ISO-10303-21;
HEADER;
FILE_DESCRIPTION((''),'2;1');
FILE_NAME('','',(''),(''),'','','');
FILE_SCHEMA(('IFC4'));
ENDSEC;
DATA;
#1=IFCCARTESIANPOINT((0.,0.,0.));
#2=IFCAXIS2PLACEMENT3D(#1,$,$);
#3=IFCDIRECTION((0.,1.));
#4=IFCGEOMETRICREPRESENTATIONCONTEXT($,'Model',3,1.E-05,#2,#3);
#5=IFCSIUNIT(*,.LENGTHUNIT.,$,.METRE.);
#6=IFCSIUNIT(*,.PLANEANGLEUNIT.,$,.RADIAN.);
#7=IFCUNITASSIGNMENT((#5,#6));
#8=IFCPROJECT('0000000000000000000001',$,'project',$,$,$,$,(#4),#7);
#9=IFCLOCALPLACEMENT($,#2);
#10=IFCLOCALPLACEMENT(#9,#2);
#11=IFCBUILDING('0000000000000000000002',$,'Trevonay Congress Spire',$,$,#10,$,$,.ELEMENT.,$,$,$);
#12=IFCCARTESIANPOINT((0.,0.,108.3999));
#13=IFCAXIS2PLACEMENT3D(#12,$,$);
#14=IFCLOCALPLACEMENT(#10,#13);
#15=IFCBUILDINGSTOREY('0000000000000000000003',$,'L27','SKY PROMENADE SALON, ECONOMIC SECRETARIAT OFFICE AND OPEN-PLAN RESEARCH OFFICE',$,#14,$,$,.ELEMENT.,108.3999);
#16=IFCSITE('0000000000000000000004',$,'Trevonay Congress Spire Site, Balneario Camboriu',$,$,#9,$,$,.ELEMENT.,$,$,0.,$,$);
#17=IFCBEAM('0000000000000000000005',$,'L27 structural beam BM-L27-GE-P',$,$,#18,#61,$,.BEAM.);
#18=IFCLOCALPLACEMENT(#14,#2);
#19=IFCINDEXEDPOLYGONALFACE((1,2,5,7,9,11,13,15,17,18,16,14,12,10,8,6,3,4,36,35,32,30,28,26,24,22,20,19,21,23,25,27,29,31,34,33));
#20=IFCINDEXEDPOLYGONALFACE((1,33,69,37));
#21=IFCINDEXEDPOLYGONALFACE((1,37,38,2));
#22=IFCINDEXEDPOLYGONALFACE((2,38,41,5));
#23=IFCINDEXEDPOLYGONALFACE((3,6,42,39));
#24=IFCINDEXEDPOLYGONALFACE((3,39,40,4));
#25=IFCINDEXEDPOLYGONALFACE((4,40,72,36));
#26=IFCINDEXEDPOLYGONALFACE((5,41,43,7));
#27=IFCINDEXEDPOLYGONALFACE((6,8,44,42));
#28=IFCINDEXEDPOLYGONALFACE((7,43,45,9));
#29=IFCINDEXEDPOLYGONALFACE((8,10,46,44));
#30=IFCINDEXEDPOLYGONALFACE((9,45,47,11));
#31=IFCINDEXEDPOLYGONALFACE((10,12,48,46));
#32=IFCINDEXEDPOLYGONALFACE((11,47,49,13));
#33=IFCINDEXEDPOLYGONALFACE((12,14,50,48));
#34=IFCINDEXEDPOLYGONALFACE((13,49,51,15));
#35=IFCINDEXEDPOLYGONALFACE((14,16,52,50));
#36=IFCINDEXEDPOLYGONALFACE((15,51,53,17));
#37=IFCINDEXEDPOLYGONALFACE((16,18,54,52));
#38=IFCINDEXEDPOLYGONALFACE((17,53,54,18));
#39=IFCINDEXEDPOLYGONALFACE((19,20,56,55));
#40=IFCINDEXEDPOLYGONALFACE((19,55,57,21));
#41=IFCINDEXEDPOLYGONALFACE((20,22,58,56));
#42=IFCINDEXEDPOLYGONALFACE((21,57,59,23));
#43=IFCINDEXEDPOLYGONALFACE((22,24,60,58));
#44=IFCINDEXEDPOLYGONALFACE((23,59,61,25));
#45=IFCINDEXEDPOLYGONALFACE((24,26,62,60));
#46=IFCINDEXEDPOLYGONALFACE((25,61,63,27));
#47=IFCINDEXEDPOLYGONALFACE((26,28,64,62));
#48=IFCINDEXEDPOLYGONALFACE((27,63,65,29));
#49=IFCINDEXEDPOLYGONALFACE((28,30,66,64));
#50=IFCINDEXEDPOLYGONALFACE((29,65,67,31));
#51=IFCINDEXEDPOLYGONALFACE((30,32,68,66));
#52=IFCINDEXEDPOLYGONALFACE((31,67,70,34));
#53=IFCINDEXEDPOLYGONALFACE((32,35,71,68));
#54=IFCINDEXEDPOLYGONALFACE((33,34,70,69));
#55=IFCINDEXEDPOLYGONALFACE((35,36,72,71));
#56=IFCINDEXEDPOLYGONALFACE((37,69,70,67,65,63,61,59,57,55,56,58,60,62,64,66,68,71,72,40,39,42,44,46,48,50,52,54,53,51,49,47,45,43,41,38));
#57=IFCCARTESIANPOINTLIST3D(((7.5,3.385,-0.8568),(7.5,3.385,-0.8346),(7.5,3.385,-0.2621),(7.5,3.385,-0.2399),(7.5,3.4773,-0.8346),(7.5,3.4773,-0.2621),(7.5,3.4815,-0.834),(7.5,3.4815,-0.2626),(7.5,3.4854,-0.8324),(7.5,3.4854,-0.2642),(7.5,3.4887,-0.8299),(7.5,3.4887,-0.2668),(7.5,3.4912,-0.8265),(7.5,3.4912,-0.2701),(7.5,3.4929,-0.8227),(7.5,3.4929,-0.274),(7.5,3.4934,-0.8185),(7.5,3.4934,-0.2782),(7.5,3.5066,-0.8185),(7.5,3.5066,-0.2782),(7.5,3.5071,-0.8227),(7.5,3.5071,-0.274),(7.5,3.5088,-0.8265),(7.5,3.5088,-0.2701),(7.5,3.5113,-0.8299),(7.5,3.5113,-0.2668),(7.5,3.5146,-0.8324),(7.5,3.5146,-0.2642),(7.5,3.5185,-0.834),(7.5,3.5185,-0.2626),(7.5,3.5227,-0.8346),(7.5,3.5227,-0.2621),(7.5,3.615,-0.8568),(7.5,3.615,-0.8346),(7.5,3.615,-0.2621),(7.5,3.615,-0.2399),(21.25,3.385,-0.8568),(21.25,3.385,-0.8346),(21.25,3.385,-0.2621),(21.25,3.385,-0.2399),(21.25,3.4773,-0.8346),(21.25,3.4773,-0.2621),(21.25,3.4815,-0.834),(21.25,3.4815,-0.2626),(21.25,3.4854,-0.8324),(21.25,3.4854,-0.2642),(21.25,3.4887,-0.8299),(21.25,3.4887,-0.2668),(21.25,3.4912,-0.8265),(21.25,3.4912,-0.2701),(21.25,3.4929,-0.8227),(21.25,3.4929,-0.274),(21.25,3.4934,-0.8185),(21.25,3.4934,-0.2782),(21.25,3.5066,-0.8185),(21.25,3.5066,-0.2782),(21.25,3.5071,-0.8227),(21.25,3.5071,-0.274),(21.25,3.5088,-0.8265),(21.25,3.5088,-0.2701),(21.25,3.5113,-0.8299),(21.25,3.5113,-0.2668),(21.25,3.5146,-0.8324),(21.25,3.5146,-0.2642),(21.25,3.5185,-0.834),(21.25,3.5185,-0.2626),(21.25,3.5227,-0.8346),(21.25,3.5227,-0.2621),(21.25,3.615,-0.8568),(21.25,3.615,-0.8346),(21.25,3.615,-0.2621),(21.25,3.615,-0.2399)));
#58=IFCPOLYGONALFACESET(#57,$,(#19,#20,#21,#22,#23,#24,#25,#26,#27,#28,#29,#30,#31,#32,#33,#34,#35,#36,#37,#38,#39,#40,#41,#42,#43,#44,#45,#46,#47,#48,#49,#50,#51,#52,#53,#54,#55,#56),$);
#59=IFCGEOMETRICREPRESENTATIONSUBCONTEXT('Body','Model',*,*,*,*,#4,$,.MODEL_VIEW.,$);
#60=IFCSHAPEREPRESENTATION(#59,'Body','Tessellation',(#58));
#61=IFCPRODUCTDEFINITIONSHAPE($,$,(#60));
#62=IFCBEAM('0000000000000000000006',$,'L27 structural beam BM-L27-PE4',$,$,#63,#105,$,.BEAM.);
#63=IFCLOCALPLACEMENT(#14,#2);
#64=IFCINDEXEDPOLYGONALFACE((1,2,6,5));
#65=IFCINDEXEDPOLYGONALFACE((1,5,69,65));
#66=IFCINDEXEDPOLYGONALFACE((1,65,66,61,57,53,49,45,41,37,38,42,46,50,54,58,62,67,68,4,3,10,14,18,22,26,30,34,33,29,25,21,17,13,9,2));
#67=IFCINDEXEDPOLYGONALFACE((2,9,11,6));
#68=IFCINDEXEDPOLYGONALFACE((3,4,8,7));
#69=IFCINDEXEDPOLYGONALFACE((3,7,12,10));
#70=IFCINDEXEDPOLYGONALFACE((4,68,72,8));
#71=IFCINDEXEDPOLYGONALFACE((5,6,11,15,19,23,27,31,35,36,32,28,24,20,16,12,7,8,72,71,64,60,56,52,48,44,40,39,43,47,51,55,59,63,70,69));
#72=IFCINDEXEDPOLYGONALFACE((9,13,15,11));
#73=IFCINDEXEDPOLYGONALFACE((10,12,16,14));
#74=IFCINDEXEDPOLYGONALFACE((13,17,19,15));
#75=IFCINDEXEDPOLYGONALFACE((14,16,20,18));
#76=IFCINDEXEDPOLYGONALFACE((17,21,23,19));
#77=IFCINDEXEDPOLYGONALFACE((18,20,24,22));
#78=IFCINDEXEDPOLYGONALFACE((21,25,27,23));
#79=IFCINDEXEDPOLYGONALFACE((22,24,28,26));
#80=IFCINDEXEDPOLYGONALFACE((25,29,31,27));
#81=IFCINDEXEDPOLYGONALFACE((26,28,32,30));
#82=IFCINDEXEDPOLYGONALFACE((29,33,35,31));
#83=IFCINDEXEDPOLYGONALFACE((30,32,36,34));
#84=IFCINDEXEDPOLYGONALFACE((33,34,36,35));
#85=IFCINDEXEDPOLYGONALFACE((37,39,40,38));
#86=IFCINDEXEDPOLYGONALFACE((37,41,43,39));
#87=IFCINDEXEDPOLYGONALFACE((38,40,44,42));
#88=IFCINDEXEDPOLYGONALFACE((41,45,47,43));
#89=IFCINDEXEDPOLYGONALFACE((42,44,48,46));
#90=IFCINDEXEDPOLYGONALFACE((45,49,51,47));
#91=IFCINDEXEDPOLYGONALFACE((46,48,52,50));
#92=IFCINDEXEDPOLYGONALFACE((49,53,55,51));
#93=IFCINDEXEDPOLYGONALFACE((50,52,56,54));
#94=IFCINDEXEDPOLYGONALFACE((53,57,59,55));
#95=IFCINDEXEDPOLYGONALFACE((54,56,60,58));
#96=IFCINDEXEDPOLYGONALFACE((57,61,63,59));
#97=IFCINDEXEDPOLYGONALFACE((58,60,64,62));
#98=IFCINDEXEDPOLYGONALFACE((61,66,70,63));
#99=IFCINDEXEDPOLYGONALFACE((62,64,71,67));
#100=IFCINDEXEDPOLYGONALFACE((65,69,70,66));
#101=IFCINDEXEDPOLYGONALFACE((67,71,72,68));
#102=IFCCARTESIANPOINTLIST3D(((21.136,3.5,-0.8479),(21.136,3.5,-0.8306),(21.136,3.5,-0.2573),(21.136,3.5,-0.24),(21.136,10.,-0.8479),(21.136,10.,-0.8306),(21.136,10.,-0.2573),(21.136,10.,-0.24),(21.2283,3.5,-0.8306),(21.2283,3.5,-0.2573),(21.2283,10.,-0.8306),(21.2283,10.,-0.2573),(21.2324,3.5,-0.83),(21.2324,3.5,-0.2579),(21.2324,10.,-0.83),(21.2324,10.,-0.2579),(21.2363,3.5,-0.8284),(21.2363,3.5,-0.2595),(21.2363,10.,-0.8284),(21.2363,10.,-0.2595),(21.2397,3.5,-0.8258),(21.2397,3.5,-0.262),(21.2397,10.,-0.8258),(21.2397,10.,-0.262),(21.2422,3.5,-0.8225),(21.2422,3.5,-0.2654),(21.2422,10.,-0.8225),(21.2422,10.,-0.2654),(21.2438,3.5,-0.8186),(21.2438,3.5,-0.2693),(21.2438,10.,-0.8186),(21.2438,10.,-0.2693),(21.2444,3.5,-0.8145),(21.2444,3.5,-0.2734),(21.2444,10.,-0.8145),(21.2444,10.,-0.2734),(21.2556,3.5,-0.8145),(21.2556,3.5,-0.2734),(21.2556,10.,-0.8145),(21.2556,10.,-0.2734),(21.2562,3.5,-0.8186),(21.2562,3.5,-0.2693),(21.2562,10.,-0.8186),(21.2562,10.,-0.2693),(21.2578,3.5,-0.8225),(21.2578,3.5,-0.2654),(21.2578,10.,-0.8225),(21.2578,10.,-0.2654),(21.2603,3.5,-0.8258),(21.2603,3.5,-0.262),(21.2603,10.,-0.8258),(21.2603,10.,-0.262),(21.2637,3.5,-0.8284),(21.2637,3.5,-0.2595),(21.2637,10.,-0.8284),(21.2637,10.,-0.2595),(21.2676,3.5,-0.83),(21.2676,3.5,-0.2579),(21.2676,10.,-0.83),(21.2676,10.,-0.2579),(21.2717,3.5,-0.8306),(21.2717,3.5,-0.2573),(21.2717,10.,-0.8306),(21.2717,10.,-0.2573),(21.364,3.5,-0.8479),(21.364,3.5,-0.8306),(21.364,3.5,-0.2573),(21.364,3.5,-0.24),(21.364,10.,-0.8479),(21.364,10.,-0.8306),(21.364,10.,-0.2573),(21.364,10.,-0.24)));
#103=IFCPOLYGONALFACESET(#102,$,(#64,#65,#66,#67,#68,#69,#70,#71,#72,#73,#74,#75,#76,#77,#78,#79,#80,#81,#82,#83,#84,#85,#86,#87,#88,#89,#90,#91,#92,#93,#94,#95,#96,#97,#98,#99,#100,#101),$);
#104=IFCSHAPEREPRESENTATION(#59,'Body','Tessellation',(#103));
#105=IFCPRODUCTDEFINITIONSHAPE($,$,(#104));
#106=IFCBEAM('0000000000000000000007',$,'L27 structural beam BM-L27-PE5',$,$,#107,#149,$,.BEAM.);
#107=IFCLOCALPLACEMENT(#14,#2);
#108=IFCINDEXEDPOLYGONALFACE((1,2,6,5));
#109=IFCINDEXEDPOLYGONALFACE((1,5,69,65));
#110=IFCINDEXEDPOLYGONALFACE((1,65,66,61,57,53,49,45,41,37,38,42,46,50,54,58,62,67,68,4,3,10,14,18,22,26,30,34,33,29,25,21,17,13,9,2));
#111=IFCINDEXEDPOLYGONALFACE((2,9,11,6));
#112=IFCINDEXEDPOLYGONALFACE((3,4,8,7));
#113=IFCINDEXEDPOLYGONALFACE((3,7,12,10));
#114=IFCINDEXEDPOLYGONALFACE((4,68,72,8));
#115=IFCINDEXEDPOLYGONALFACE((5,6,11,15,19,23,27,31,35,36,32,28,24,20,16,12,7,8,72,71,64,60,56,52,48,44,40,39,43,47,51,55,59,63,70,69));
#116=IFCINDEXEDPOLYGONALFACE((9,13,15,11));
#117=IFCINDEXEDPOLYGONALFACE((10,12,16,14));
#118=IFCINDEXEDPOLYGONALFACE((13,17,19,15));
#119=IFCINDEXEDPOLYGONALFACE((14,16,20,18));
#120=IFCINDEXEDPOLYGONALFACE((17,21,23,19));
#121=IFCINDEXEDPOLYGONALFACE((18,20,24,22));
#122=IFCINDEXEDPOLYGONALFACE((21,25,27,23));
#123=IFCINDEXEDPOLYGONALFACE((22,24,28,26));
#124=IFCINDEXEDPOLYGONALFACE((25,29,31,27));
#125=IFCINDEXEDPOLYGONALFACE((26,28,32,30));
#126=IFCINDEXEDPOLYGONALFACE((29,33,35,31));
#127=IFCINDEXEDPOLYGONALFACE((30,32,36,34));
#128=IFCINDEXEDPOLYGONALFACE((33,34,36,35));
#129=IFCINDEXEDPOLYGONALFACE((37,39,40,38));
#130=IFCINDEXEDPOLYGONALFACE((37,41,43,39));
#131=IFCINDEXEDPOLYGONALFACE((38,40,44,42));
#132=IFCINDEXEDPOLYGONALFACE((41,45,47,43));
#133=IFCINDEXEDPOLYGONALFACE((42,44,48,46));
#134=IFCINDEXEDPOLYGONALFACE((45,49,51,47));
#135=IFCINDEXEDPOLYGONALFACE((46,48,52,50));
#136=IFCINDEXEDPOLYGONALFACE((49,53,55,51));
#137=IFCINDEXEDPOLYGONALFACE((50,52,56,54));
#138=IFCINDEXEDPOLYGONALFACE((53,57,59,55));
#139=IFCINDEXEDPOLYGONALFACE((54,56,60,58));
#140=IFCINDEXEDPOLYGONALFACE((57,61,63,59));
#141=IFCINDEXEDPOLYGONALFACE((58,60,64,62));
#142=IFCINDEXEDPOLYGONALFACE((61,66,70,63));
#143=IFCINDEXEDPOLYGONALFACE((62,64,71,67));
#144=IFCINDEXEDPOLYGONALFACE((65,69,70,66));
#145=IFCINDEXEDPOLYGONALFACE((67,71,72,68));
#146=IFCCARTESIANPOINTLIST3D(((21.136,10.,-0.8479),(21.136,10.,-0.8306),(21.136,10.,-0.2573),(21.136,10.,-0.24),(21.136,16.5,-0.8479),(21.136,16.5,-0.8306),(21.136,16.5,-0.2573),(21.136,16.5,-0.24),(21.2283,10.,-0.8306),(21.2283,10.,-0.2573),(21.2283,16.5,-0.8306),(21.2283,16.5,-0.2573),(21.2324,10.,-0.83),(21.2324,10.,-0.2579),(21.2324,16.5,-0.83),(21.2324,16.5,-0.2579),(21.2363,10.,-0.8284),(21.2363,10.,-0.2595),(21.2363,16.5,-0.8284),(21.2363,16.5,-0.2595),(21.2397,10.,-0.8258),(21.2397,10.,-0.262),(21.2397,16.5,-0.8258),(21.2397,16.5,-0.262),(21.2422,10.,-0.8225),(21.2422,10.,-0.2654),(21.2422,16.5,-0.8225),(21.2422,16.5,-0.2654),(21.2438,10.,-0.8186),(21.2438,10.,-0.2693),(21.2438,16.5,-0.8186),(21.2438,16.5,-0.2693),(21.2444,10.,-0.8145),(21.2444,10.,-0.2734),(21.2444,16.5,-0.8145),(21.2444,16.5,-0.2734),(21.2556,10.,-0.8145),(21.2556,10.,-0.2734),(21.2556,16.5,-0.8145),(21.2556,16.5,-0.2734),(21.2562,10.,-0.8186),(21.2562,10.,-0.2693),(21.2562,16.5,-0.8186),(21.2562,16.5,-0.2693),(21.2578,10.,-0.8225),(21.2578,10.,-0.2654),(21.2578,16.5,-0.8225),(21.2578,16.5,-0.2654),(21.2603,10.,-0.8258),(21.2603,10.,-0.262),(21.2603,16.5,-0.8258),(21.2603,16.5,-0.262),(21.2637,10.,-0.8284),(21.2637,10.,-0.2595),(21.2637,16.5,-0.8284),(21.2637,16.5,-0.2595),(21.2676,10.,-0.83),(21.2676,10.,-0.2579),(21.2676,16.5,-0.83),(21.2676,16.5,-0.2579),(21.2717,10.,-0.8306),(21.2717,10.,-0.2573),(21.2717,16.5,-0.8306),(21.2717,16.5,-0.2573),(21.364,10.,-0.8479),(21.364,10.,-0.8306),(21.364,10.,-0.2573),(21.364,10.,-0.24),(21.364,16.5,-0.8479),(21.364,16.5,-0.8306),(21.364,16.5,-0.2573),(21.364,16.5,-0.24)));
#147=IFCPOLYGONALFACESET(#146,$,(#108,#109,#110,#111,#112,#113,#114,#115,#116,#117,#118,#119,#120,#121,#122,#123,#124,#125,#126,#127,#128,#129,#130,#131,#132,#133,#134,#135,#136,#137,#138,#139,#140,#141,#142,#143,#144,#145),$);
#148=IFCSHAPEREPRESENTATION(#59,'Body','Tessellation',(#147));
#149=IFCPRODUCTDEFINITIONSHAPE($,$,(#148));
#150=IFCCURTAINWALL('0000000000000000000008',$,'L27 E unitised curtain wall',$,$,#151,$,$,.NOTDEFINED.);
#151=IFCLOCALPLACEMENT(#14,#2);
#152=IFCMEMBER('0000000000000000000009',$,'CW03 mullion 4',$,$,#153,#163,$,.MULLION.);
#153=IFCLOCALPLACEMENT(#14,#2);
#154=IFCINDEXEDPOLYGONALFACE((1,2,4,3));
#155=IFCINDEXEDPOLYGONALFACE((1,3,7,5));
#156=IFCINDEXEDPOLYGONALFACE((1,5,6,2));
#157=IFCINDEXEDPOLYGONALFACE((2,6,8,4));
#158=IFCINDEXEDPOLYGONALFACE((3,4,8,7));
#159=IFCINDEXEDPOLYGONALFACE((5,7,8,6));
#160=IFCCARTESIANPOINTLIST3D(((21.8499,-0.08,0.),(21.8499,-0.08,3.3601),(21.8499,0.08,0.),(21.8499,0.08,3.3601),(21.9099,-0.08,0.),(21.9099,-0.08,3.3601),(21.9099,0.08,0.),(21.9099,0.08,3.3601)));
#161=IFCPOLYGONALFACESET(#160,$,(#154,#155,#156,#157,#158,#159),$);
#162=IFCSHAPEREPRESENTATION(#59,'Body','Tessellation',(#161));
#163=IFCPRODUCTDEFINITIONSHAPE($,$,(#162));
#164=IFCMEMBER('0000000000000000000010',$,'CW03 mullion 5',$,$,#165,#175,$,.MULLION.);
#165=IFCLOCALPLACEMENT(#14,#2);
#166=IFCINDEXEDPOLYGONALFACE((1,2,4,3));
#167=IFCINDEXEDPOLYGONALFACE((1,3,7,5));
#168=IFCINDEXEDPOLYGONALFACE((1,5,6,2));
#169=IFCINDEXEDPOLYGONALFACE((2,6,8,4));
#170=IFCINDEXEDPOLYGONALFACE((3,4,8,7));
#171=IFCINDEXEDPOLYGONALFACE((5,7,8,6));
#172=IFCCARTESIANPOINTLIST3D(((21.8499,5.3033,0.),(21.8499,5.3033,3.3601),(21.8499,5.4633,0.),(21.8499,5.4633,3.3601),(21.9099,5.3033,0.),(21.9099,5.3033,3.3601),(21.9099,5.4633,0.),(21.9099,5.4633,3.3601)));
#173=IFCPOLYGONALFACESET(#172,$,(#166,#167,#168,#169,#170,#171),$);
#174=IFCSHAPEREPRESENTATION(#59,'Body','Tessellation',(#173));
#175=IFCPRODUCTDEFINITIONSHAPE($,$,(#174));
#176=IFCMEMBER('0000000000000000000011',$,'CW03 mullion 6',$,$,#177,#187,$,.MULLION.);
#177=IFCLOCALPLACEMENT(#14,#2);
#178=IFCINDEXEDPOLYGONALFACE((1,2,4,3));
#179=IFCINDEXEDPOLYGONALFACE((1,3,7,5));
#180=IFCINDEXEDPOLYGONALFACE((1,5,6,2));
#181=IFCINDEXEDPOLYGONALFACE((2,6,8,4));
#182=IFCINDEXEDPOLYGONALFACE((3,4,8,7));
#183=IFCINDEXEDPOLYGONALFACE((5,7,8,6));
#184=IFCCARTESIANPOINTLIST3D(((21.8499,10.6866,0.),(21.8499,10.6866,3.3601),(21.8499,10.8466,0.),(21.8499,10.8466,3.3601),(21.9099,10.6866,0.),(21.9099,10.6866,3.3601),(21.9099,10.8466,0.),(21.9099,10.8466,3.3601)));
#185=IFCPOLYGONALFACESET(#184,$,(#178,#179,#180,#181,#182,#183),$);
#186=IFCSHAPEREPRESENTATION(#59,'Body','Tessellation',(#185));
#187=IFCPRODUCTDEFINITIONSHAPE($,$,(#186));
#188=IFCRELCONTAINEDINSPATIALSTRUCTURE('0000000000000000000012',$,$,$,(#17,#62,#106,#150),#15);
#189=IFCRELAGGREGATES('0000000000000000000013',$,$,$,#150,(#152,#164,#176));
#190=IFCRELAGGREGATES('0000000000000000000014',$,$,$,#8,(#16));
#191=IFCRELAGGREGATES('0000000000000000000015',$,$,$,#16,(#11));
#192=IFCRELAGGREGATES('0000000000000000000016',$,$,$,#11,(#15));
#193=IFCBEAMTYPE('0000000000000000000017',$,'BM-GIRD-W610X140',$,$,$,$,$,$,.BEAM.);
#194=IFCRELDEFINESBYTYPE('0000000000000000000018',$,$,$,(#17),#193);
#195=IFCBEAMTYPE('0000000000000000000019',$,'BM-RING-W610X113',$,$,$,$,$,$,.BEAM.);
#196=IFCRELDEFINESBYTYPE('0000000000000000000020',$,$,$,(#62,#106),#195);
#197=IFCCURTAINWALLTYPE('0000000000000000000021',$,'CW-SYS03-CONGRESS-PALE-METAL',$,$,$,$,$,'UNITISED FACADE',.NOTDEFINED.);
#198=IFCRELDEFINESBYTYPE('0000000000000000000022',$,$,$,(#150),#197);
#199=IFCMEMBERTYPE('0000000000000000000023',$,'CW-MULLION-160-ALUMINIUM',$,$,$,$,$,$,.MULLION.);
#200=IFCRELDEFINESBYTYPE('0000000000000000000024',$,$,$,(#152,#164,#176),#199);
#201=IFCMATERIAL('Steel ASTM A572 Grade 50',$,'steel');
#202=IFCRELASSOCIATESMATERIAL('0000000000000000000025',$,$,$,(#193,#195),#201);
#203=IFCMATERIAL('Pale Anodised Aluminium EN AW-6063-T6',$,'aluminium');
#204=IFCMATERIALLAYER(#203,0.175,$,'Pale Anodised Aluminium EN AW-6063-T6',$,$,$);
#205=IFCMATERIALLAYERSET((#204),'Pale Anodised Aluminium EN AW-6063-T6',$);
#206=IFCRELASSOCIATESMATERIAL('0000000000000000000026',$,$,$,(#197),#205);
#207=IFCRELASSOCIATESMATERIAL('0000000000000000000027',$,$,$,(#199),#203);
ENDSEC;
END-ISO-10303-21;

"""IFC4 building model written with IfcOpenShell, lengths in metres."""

from ifc_helpers import new_model, si_unit, direction, frame, origin, origin_2d, place, context, subcontext, project, spatial, rectangle, i_section, extrude, material, layer, layer_set, material_profile, profile_set, type_object, element, aggregate, save


model = new_model("IFC4")

# Units and contexts
model_context = context("Model", 3, precision=1e-05, world=origin(), true_north=direction((0.0, 1.0)))
body_context = subcontext(model_context, "Body", "Model", "MODEL_VIEW")
ifc_project = project(units=[si_unit("LENGTHUNIT", "METRE"), si_unit("PLANEANGLEUNIT", "RADIAN")], contexts=[model_context])

# Site, building, storey
site_placement = place(None, origin())
site = spatial("IfcSite", under=ifc_project, at=site_placement, Name="Trevonay Congress Spire Site, Balneario Camboriu", CompositionType="ELEMENT", RefElevation=0.0)
building_placement = place(site_placement, origin())
building = spatial("IfcBuilding", under=site, at=building_placement, Name="Trevonay Congress Spire", CompositionType="ELEMENT")
storey_placement = place(building_placement, frame((0.0, 0.0, 108.3999)))
storey = spatial("IfcBuildingStorey", under=building, at=storey_placement, Name="L27", Description="SKY PROMENADE SALON, ECONOMIC SECRETARIAT OFFICE AND OPEN-PLAN RESEARCH OFFICE", CompositionType="ELEMENT", Elevation=108.3999)

# Shared definitions
ifc_material_1 = material(Name="Steel ASTM A572 Grade 50", Category="steel")

# Beams
ifc_material_profile_1 = material_profile(ifc_material_1, i_section(OverallWidth=0.23, OverallDepth=0.6169, WebThickness=0.0132, FlangeThickness=0.0222, FilletRadius=0.0161, at=origin_2d()), Name="W610x140")
ifc_profile_set_1 = profile_set([ifc_material_profile_1], Name="Steel ASTM A572 Grade 50")
beam_type_1 = type_object("IfcBeamType", Name="BM-GIRD-W610X140", PredefinedType="BEAM", material=ifc_profile_set_1)
beam_1_placement = place(storey_placement, frame((7.5, 3.5, -0.5483), z_axis=(1.0, 0.0, 0.0), x_axis=(0.0, 1.0, 0.0)))
element("IfcBeam", 1, at=beam_1_placement, inside=storey, type_object=beam_type_1, Name="L27 structural beam BM-L27-GE-P", PredefinedType="BEAM", context=body_context, shape_type="SweptSolid", body=[
    extrude(i_section(OverallWidth=0.23, OverallDepth=0.6169, WebThickness=0.0132, FlangeThickness=0.0222, FilletRadius=0.0161, at=origin_2d()), origin(), (0.0, 0.0, 1.0), 13.75),
])
ifc_material_profile_2 = material_profile(ifc_material_1, i_section(OverallWidth=0.228, OverallDepth=0.6079, WebThickness=0.0112, FlangeThickness=0.0173, FilletRadius=0.0161, at=origin_2d()), Name="W610x113")
ifc_profile_set_2 = profile_set([ifc_material_profile_2], Name="Steel ASTM A572 Grade 50")
beam_type_2 = type_object("IfcBeamType", Name="BM-RING-W610X113", PredefinedType="BEAM", material=ifc_profile_set_2)
for number, where, z_axis, x_axis, name in (
    (2, (21.25, 3.5, -0.5439), (0.0, 1.0, 0.0), (-1.0, 0.0, 0.0), "L27 structural beam BM-L27-PE4"),
    (3, (21.25, 10.0, -0.5439), (0.0, 1.0, 0.0), (-1.0, 0.0, 0.0), "L27 structural beam BM-L27-PE5"),
):
    element("IfcBeam", number, at=place(storey_placement, frame(where, z_axis=z_axis, x_axis=x_axis)), inside=storey, type_object=beam_type_2, Name=name, PredefinedType="BEAM", context=body_context, shape_type="SweptSolid", body=[
        extrude(i_section(OverallWidth=0.228, OverallDepth=0.6079, WebThickness=0.0112, FlangeThickness=0.0173, FilletRadius=0.0161, at=origin_2d()), origin(), (0.0, 0.0, 1.0), 6.5),
    ])

# Curtain wall, members
ifc_material_2 = material(Name="Pale Anodised Aluminium EN AW-6063-T6", Category="aluminium")
ifc_layer_1 = layer(ifc_material_2, 0.175, Name="Pale Anodised Aluminium EN AW-6063-T6")
ifc_layer_set_1 = layer_set([ifc_layer_1], Name="Pale Anodised Aluminium EN AW-6063-T6")
curtain_wall_type = type_object("IfcCurtainWallType", Name="CW-SYS03-CONGRESS-PALE-METAL", ElementType="UNITISED FACADE", PredefinedType="NOTDEFINED", material=ifc_layer_set_1)
curtain_wall_placement = place(storey_placement, origin())
curtain_wall = element("IfcCurtainWall", 4, at=curtain_wall_placement, inside=storey, type_object=curtain_wall_type, Name="L27 E unitised curtain wall", PredefinedType="NOTDEFINED")
ifc_material_profile_3 = material_profile(ifc_material_2, rectangle(XDim=0.0601, YDim=0.1599, at=origin_2d()), Name="CW-MULLION-160-ALUMINIUM")
ifc_profile_set_3 = profile_set([ifc_material_profile_3], Name="Pale Anodised Aluminium EN AW-6063-T6")
member_type_1 = type_object("IfcMemberType", Name="CW-MULLION-160-ALUMINIUM", PredefinedType="MULLION", material=ifc_profile_set_3)
member_1_placement = place(storey_placement, frame((21.8799, 0.0, 0.0), z_axis=(0.0, 0.0, 1.0), x_axis=(-1.0, 0.0, 0.0)))
member_1 = element("IfcMember", 5, at=member_1_placement, type_object=member_type_1, Name="CW03 mullion 4", PredefinedType="MULLION", context=body_context, shape_type="SweptSolid", body=[
    extrude(rectangle(XDim=0.0601, YDim=0.1599, at=origin_2d()), origin(), (0.0, 0.0, 1.0), 3.3601),
])
member_2_placement = place(storey_placement, frame((21.8799, 5.3833, 0.0), z_axis=(0.0, 0.0, 1.0), x_axis=(-1.0, 0.0, 0.0)))
member_2 = element("IfcMember", 6, at=member_2_placement, type_object=member_type_1, Name="CW03 mullion 5", PredefinedType="MULLION", context=body_context, shape_type="SweptSolid", body=[
    extrude(rectangle(XDim=0.0601, YDim=0.1599, at=origin_2d()), origin(), (0.0, 0.0, 1.0), 3.3601),
])
member_3_placement = place(storey_placement, frame((21.8799, 10.7666, 0.0), z_axis=(0.0, 0.0, 1.0), x_axis=(-1.0, 0.0, 0.0)))
member_3 = element("IfcMember", 7, at=member_3_placement, type_object=member_type_1, Name="CW03 mullion 6", PredefinedType="MULLION", context=body_context, shape_type="SweptSolid", body=[
    extrude(rectangle(XDim=0.0601, YDim=0.1599, at=origin_2d()), origin(), (0.0, 0.0, 1.0), 3.3601),
])
aggregate(curtain_wall, [member_1, member_2, member_3])

save(model, "model.ifc")
